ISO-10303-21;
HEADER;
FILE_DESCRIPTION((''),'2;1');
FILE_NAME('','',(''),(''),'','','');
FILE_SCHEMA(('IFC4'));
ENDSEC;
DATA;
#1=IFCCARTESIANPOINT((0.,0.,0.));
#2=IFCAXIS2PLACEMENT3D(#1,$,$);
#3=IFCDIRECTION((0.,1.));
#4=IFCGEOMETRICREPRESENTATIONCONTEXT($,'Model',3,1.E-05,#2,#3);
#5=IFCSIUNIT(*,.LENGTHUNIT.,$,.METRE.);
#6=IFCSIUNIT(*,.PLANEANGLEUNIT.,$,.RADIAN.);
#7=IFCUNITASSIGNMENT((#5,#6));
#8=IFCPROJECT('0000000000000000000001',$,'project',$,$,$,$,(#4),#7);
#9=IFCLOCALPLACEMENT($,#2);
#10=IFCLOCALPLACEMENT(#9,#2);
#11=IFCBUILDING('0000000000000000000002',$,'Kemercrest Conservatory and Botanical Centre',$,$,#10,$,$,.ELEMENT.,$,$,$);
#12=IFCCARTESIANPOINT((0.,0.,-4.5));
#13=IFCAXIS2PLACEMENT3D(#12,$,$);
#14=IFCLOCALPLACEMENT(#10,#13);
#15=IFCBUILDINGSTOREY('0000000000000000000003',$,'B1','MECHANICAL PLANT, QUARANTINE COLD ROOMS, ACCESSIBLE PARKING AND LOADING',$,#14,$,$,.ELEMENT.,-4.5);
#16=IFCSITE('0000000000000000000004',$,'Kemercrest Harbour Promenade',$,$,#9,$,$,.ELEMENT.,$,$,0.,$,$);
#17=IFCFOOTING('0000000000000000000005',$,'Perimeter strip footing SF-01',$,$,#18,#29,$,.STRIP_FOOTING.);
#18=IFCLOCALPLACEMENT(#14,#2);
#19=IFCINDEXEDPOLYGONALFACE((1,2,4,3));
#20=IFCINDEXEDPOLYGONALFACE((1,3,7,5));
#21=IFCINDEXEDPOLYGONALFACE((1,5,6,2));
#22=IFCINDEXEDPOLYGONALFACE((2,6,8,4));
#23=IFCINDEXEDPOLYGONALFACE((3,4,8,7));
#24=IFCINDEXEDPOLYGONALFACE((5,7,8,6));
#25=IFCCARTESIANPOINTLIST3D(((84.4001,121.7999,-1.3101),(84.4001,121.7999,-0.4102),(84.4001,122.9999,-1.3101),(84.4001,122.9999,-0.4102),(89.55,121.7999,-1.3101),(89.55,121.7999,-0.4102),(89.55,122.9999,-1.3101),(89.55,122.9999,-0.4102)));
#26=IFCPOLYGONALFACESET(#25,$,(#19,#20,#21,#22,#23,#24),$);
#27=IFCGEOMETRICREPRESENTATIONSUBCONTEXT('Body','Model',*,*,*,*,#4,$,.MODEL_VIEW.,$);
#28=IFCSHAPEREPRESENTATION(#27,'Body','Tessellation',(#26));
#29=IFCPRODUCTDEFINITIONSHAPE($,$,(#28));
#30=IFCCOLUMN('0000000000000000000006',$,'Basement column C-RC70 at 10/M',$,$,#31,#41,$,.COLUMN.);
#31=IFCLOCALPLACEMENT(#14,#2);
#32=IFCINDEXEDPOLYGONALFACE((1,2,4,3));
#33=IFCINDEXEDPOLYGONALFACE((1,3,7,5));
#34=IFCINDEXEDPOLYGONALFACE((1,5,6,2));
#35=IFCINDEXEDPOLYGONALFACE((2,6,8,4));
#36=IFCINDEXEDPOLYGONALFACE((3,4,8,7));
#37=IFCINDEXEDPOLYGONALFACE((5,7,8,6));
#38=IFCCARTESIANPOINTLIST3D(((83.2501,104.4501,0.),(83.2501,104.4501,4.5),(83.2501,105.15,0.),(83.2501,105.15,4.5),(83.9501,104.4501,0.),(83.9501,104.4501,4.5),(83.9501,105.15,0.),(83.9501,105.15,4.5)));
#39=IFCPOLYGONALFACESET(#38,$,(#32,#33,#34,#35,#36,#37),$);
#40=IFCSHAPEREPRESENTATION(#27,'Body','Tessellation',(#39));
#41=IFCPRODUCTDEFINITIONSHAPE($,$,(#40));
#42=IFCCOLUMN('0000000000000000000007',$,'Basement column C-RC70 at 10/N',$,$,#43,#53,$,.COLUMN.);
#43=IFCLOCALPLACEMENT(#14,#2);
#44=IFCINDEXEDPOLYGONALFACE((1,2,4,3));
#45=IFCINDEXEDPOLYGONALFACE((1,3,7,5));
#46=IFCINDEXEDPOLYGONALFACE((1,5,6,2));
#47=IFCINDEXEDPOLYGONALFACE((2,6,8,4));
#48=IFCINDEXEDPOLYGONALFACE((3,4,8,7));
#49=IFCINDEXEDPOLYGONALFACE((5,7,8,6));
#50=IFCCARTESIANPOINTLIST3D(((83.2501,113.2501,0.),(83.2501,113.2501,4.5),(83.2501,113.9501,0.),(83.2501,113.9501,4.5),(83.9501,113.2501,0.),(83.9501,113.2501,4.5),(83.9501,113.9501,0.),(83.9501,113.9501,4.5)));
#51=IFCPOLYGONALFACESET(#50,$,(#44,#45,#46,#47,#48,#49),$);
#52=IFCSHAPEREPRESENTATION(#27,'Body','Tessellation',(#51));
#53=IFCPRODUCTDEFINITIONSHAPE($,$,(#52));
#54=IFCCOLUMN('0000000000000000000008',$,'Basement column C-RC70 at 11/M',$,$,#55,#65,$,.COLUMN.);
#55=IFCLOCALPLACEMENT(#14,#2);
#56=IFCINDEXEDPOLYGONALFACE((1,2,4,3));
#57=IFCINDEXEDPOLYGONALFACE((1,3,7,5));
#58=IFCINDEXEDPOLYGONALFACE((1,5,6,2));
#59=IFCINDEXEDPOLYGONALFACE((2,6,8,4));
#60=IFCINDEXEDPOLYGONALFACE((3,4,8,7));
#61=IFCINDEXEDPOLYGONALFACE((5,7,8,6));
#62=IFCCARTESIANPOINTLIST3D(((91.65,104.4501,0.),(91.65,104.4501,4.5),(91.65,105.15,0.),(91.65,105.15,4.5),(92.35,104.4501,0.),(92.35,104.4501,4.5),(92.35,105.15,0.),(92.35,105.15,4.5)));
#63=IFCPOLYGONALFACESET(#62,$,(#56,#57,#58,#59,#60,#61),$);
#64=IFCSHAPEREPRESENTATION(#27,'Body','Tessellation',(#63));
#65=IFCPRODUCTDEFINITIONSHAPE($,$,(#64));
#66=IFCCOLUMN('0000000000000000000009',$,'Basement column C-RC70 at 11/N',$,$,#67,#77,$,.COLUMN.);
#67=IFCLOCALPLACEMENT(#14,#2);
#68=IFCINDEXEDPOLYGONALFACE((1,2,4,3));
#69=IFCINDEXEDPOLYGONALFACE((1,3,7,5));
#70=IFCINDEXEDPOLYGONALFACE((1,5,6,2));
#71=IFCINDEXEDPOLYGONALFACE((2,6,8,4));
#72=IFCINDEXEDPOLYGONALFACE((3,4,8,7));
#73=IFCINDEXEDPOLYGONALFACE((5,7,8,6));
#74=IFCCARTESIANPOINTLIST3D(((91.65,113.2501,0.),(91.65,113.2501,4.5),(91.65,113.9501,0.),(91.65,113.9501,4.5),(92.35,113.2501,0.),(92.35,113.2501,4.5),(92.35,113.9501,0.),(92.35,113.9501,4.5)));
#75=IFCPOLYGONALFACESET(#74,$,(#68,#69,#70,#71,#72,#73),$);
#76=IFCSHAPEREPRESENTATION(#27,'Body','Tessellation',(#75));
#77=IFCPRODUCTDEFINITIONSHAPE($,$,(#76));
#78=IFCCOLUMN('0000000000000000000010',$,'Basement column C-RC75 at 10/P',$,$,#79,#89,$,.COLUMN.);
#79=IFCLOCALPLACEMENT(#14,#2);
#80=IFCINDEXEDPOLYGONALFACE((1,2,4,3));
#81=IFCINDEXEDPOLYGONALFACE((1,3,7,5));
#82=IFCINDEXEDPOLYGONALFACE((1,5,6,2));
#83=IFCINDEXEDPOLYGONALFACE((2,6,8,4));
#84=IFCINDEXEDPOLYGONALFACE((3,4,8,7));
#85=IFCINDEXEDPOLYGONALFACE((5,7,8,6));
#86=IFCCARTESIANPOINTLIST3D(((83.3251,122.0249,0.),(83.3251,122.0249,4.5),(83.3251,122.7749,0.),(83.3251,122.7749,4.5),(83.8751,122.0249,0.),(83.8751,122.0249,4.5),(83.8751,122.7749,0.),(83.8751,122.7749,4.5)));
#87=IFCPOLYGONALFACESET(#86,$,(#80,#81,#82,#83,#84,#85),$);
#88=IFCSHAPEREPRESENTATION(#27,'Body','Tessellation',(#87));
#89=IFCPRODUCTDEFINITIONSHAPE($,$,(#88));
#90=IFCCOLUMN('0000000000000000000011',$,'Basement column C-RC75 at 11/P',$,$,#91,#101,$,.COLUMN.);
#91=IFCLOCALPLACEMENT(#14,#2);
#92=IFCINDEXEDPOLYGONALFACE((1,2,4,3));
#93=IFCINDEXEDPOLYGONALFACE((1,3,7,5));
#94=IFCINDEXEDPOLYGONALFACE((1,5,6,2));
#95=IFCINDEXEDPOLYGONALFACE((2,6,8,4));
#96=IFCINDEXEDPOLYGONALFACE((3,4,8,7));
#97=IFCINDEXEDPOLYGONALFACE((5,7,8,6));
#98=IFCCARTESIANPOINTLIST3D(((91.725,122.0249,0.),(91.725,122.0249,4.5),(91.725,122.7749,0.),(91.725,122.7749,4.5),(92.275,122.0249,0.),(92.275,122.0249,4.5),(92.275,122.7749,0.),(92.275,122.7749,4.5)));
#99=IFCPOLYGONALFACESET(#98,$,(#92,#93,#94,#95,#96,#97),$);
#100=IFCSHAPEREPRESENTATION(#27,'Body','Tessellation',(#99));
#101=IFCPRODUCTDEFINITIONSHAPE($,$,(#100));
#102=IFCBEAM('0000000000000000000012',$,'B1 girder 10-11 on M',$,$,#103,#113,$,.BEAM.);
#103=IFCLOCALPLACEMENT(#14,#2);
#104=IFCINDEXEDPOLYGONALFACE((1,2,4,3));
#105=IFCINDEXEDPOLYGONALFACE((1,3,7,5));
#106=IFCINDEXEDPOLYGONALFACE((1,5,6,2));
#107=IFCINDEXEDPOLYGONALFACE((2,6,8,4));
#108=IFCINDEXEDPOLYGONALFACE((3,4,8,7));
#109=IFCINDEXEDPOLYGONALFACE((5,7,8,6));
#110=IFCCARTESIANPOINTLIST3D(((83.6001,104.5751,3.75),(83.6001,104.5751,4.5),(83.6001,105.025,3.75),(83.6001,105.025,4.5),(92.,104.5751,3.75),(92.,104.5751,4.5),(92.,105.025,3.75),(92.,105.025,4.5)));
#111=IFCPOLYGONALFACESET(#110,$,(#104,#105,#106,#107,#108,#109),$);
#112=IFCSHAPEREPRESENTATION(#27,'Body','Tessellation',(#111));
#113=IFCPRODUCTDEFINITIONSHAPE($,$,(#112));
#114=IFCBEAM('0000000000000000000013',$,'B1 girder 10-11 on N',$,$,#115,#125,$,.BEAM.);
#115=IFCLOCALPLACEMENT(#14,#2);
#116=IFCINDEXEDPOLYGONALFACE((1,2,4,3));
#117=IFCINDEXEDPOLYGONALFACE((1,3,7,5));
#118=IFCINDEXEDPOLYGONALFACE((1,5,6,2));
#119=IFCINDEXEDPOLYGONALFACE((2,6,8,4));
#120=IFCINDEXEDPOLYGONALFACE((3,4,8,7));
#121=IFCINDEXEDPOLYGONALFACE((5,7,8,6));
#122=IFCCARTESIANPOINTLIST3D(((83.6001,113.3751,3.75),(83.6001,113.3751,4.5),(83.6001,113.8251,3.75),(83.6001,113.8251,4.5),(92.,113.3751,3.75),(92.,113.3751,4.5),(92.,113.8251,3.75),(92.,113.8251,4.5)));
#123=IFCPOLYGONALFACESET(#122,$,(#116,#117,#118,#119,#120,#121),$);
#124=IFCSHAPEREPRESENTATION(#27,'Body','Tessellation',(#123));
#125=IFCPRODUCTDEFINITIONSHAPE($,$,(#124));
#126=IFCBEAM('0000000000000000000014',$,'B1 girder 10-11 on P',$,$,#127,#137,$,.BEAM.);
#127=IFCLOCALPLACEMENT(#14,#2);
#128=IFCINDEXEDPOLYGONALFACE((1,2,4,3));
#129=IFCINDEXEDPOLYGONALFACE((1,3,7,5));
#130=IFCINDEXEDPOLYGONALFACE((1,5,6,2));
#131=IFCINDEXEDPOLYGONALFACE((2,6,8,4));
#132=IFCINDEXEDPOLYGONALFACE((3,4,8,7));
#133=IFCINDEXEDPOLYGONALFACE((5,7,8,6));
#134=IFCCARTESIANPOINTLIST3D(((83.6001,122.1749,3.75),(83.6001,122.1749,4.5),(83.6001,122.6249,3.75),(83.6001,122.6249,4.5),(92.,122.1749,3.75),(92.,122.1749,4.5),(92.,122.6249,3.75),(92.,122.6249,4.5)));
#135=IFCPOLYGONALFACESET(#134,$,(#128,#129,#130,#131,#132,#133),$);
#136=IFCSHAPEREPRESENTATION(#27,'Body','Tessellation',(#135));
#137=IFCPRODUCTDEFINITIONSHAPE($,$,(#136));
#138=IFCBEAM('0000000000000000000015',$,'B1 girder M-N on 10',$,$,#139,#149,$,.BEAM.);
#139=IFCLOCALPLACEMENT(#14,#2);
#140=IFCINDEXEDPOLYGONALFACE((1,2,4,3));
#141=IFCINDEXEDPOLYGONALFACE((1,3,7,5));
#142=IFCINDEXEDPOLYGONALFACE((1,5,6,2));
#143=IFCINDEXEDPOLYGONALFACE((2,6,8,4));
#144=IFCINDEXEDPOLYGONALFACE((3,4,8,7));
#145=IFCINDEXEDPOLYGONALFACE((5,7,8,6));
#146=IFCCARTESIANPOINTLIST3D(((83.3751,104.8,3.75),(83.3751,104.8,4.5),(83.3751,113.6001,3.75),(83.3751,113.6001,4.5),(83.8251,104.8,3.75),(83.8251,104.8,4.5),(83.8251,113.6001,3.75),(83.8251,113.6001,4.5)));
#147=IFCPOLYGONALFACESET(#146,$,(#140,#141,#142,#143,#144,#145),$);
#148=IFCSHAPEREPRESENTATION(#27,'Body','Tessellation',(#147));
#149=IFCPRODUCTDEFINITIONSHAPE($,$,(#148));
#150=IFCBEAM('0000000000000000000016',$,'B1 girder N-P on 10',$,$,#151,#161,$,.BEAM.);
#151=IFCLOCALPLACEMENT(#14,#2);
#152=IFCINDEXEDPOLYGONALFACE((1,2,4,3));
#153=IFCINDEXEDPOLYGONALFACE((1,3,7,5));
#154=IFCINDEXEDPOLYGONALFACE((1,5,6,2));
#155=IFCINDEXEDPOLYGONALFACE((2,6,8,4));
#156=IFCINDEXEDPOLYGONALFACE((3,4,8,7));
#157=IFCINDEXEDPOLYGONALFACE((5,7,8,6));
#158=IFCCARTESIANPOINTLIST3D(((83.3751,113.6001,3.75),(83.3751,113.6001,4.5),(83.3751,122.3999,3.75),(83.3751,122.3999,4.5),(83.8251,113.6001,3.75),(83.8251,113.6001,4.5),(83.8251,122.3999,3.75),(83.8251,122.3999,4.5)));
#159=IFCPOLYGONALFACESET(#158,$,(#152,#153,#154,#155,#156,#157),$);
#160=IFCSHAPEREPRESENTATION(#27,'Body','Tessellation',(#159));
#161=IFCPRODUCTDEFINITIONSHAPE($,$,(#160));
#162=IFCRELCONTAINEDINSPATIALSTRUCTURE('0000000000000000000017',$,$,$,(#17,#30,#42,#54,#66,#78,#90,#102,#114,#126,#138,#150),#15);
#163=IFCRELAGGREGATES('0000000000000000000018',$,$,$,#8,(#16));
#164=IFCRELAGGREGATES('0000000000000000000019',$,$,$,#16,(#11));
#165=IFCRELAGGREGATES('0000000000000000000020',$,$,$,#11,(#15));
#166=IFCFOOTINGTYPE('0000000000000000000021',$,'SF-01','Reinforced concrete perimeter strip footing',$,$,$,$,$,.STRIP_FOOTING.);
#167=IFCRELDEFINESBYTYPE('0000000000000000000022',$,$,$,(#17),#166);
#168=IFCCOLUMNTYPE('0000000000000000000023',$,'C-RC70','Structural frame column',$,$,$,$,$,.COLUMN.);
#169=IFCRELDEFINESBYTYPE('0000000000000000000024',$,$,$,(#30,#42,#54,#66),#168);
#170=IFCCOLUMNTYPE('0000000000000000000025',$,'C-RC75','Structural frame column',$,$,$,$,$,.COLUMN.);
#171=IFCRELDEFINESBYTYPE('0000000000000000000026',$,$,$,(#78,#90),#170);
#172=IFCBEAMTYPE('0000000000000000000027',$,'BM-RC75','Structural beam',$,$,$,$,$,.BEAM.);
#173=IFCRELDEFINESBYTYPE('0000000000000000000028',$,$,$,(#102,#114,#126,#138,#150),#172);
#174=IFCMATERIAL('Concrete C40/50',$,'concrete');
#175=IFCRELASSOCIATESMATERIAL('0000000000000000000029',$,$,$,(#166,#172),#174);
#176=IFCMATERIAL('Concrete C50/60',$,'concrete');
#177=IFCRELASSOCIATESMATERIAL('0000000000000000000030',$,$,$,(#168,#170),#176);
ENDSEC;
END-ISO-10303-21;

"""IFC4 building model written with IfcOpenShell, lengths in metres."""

from ifc_helpers import new_model, si_unit, direction, frame, origin, origin_2d, place, context, subcontext, project, spatial, rectangle, extrude, material, material_profile, profile_set, type_object, element, save


model = new_model("IFC4")

# Units and contexts
model_context = context("Model", 3, precision=1e-05, world=origin(), true_north=direction((0.0, 1.0)))
body_context = subcontext(model_context, "Body", "Model", "MODEL_VIEW")
ifc_project = project(units=[si_unit("LENGTHUNIT", "METRE"), si_unit("PLANEANGLEUNIT", "RADIAN")], contexts=[model_context])

# Site, building, storey
site_placement = place(None, origin())
site = spatial("IfcSite", under=ifc_project, at=site_placement, Name="Kemercrest Harbour Promenade", CompositionType="ELEMENT", RefElevation=0.0)
building_placement = place(site_placement, origin())
building = spatial("IfcBuilding", under=site, at=building_placement, Name="Kemercrest Conservatory and Botanical Centre", CompositionType="ELEMENT")
storey_placement = place(building_placement, frame((0.0, 0.0, -4.5)))
storey = spatial("IfcBuildingStorey", under=building, at=storey_placement, Name="B1", Description="MECHANICAL PLANT, QUARANTINE COLD ROOMS, ACCESSIBLE PARKING AND LOADING", CompositionType="ELEMENT", Elevation=-4.5)

# Shared definitions
ifc_material_1 = material(Name="Concrete C40/50", Category="concrete")

# Footing
footing_type_1 = type_object("IfcFootingType", Name="SF-01", Description="Reinforced concrete perimeter strip footing", PredefinedType="STRIP_FOOTING", material=ifc_material_1)
footing_1_placement = place(storey_placement, frame((86.9751, 122.3999, -1.3101), z_axis=(0.0, 0.0, 1.0), x_axis=(1.0, 0.0, 0.0)))
element("IfcFooting", 1, at=footing_1_placement, inside=storey, type_object=footing_type_1, Name="Perimeter strip footing SF-01", PredefinedType="STRIP_FOOTING", context=body_context, shape_type="SweptSolid", body=[
    extrude(rectangle(XDim=5.1499, YDim=1.2, at=origin_2d()), origin(), (0.0, 0.0, 1.0), 0.8999),
])

# Columns
ifc_material_2 = material(Name="Concrete C50/60", Category="concrete")
ifc_material_profile_1 = material_profile(ifc_material_2, rectangle(XDim=0.7, YDim=0.7, at=origin_2d()), Name="RC 700x700")
ifc_profile_set_1 = profile_set([ifc_material_profile_1], Name="Concrete C50/60")
column_type_1 = type_object("IfcColumnType", Name="C-RC70", Description="Structural frame column", PredefinedType="COLUMN", material=ifc_profile_set_1)
for number, where, z_axis, x_axis, name in (
    (2, (83.6001, 104.8, 0.0), (0.0, 0.0, 1.0), (1.0, 0.0, 0.0), "Basement column C-RC70 at 10/M"),
    (3, (83.6001, 113.6001, 0.0), (0.0, 0.0, 1.0), (1.0, 0.0, 0.0), "Basement column C-RC70 at 10/N"),
    (4, (92.0, 104.8, 0.0), (0.0, 0.0, 1.0), (1.0, 0.0, 0.0), "Basement column C-RC70 at 11/M"),
    (5, (92.0, 113.6001, 0.0), (0.0, 0.0, 1.0), (1.0, 0.0, 0.0), "Basement column C-RC70 at 11/N"),
):
    element("IfcColumn", number, at=place(storey_placement, frame(where, z_axis=z_axis, x_axis=x_axis)), inside=storey, type_object=column_type_1, Name=name, PredefinedType="COLUMN", context=body_context, shape_type="SweptSolid", body=[
        extrude(rectangle(XDim=0.7, YDim=0.7, at=origin_2d()), origin(), (0.0, 0.0, 1.0), 4.5),
    ])
ifc_material_profile_2 = material_profile(ifc_material_2, rectangle(XDim=0.55, YDim=0.75, at=origin_2d()), Name="RC 750x550")
ifc_profile_set_2 = profile_set([ifc_material_profile_2], Name="Concrete C50/60")
column_type_2 = type_object("IfcColumnType", Name="C-RC75", Description="Structural frame column", PredefinedType="COLUMN", material=ifc_profile_set_2)
for number, where, z_axis, x_axis, name in (
    (6, (83.6001, 122.3999, 0.0), (0.0, 0.0, 1.0), (1.0, 0.0, 0.0), "Basement column C-RC75 at 10/P"),
    (7, (92.0, 122.3999, 0.0), (0.0, 0.0, 1.0), (1.0, 0.0, 0.0), "Basement column C-RC75 at 11/P"),
):
    element("IfcColumn", number, at=place(storey_placement, frame(where, z_axis=z_axis, x_axis=x_axis)), inside=storey, type_object=column_type_2, Name=name, PredefinedType="COLUMN", context=body_context, shape_type="SweptSolid", body=[
        extrude(rectangle(XDim=0.55, YDim=0.75, at=origin_2d()), origin(), (0.0, 0.0, 1.0), 4.5),
    ])

# Beams
ifc_material_profile_3 = material_profile(ifc_material_1, rectangle(XDim=0.45, YDim=0.75, at=origin_2d()), Name="RC 450x750")
ifc_profile_set_3 = profile_set([ifc_material_profile_3], Name="Concrete C40/50")
beam_type = type_object("IfcBeamType", Name="BM-RC75", Description="Structural beam", PredefinedType="BEAM", material=ifc_profile_set_3)
for number, where, z_axis, x_axis, name in (
    (8, (83.6001, 104.8, 4.125), (1.0, 0.0, 0.0), (0.0, 1.0, 0.0), "B1 girder 10-11 on M"),
    (9, (83.6001, 113.6001, 4.125), (1.0, 0.0, 0.0), (0.0, 1.0, 0.0), "B1 girder 10-11 on N"),
    (10, (83.6001, 122.3999, 4.125), (1.0, 0.0, 0.0), (0.0, 1.0, 0.0), "B1 girder 10-11 on P"),
):
    element("IfcBeam", number, at=place(storey_placement, frame(where, z_axis=z_axis, x_axis=x_axis)), inside=storey, type_object=beam_type, Name=name, PredefinedType="BEAM", context=body_context, shape_type="SweptSolid", body=[
        extrude(rectangle(XDim=0.45, YDim=0.75, at=origin_2d()), origin(), (0.0, 0.0, 1.0), 8.3999),
    ])
beam_1_placement = place(storey_placement, frame((83.6001, 104.8, 4.125), z_axis=(0.0, 1.0, 0.0), x_axis=(-1.0, 0.0, 0.0)))
element("IfcBeam", 11, at=beam_1_placement, inside=storey, type_object=beam_type, Name="B1 girder M-N on 10", PredefinedType="BEAM", context=body_context, shape_type="SweptSolid", body=[
    extrude(rectangle(XDim=0.45, YDim=0.75, at=origin_2d()), origin(), (0.0, 0.0, 1.0), 8.8),
])
beam_2_placement = place(storey_placement, frame((83.6001, 113.6001, 4.125), z_axis=(0.0, 1.0, 0.0), x_axis=(-1.0, 0.0, 0.0)))
element("IfcBeam", 12, at=beam_2_placement, inside=storey, type_object=beam_type, Name="B1 girder N-P on 10", PredefinedType="BEAM", context=body_context, shape_type="SweptSolid", body=[
    extrude(rectangle(XDim=0.45, YDim=0.75, at=origin_2d()), origin(), (0.0, 0.0, 1.0), 8.7998),
])

save(model, "model.ifc")
